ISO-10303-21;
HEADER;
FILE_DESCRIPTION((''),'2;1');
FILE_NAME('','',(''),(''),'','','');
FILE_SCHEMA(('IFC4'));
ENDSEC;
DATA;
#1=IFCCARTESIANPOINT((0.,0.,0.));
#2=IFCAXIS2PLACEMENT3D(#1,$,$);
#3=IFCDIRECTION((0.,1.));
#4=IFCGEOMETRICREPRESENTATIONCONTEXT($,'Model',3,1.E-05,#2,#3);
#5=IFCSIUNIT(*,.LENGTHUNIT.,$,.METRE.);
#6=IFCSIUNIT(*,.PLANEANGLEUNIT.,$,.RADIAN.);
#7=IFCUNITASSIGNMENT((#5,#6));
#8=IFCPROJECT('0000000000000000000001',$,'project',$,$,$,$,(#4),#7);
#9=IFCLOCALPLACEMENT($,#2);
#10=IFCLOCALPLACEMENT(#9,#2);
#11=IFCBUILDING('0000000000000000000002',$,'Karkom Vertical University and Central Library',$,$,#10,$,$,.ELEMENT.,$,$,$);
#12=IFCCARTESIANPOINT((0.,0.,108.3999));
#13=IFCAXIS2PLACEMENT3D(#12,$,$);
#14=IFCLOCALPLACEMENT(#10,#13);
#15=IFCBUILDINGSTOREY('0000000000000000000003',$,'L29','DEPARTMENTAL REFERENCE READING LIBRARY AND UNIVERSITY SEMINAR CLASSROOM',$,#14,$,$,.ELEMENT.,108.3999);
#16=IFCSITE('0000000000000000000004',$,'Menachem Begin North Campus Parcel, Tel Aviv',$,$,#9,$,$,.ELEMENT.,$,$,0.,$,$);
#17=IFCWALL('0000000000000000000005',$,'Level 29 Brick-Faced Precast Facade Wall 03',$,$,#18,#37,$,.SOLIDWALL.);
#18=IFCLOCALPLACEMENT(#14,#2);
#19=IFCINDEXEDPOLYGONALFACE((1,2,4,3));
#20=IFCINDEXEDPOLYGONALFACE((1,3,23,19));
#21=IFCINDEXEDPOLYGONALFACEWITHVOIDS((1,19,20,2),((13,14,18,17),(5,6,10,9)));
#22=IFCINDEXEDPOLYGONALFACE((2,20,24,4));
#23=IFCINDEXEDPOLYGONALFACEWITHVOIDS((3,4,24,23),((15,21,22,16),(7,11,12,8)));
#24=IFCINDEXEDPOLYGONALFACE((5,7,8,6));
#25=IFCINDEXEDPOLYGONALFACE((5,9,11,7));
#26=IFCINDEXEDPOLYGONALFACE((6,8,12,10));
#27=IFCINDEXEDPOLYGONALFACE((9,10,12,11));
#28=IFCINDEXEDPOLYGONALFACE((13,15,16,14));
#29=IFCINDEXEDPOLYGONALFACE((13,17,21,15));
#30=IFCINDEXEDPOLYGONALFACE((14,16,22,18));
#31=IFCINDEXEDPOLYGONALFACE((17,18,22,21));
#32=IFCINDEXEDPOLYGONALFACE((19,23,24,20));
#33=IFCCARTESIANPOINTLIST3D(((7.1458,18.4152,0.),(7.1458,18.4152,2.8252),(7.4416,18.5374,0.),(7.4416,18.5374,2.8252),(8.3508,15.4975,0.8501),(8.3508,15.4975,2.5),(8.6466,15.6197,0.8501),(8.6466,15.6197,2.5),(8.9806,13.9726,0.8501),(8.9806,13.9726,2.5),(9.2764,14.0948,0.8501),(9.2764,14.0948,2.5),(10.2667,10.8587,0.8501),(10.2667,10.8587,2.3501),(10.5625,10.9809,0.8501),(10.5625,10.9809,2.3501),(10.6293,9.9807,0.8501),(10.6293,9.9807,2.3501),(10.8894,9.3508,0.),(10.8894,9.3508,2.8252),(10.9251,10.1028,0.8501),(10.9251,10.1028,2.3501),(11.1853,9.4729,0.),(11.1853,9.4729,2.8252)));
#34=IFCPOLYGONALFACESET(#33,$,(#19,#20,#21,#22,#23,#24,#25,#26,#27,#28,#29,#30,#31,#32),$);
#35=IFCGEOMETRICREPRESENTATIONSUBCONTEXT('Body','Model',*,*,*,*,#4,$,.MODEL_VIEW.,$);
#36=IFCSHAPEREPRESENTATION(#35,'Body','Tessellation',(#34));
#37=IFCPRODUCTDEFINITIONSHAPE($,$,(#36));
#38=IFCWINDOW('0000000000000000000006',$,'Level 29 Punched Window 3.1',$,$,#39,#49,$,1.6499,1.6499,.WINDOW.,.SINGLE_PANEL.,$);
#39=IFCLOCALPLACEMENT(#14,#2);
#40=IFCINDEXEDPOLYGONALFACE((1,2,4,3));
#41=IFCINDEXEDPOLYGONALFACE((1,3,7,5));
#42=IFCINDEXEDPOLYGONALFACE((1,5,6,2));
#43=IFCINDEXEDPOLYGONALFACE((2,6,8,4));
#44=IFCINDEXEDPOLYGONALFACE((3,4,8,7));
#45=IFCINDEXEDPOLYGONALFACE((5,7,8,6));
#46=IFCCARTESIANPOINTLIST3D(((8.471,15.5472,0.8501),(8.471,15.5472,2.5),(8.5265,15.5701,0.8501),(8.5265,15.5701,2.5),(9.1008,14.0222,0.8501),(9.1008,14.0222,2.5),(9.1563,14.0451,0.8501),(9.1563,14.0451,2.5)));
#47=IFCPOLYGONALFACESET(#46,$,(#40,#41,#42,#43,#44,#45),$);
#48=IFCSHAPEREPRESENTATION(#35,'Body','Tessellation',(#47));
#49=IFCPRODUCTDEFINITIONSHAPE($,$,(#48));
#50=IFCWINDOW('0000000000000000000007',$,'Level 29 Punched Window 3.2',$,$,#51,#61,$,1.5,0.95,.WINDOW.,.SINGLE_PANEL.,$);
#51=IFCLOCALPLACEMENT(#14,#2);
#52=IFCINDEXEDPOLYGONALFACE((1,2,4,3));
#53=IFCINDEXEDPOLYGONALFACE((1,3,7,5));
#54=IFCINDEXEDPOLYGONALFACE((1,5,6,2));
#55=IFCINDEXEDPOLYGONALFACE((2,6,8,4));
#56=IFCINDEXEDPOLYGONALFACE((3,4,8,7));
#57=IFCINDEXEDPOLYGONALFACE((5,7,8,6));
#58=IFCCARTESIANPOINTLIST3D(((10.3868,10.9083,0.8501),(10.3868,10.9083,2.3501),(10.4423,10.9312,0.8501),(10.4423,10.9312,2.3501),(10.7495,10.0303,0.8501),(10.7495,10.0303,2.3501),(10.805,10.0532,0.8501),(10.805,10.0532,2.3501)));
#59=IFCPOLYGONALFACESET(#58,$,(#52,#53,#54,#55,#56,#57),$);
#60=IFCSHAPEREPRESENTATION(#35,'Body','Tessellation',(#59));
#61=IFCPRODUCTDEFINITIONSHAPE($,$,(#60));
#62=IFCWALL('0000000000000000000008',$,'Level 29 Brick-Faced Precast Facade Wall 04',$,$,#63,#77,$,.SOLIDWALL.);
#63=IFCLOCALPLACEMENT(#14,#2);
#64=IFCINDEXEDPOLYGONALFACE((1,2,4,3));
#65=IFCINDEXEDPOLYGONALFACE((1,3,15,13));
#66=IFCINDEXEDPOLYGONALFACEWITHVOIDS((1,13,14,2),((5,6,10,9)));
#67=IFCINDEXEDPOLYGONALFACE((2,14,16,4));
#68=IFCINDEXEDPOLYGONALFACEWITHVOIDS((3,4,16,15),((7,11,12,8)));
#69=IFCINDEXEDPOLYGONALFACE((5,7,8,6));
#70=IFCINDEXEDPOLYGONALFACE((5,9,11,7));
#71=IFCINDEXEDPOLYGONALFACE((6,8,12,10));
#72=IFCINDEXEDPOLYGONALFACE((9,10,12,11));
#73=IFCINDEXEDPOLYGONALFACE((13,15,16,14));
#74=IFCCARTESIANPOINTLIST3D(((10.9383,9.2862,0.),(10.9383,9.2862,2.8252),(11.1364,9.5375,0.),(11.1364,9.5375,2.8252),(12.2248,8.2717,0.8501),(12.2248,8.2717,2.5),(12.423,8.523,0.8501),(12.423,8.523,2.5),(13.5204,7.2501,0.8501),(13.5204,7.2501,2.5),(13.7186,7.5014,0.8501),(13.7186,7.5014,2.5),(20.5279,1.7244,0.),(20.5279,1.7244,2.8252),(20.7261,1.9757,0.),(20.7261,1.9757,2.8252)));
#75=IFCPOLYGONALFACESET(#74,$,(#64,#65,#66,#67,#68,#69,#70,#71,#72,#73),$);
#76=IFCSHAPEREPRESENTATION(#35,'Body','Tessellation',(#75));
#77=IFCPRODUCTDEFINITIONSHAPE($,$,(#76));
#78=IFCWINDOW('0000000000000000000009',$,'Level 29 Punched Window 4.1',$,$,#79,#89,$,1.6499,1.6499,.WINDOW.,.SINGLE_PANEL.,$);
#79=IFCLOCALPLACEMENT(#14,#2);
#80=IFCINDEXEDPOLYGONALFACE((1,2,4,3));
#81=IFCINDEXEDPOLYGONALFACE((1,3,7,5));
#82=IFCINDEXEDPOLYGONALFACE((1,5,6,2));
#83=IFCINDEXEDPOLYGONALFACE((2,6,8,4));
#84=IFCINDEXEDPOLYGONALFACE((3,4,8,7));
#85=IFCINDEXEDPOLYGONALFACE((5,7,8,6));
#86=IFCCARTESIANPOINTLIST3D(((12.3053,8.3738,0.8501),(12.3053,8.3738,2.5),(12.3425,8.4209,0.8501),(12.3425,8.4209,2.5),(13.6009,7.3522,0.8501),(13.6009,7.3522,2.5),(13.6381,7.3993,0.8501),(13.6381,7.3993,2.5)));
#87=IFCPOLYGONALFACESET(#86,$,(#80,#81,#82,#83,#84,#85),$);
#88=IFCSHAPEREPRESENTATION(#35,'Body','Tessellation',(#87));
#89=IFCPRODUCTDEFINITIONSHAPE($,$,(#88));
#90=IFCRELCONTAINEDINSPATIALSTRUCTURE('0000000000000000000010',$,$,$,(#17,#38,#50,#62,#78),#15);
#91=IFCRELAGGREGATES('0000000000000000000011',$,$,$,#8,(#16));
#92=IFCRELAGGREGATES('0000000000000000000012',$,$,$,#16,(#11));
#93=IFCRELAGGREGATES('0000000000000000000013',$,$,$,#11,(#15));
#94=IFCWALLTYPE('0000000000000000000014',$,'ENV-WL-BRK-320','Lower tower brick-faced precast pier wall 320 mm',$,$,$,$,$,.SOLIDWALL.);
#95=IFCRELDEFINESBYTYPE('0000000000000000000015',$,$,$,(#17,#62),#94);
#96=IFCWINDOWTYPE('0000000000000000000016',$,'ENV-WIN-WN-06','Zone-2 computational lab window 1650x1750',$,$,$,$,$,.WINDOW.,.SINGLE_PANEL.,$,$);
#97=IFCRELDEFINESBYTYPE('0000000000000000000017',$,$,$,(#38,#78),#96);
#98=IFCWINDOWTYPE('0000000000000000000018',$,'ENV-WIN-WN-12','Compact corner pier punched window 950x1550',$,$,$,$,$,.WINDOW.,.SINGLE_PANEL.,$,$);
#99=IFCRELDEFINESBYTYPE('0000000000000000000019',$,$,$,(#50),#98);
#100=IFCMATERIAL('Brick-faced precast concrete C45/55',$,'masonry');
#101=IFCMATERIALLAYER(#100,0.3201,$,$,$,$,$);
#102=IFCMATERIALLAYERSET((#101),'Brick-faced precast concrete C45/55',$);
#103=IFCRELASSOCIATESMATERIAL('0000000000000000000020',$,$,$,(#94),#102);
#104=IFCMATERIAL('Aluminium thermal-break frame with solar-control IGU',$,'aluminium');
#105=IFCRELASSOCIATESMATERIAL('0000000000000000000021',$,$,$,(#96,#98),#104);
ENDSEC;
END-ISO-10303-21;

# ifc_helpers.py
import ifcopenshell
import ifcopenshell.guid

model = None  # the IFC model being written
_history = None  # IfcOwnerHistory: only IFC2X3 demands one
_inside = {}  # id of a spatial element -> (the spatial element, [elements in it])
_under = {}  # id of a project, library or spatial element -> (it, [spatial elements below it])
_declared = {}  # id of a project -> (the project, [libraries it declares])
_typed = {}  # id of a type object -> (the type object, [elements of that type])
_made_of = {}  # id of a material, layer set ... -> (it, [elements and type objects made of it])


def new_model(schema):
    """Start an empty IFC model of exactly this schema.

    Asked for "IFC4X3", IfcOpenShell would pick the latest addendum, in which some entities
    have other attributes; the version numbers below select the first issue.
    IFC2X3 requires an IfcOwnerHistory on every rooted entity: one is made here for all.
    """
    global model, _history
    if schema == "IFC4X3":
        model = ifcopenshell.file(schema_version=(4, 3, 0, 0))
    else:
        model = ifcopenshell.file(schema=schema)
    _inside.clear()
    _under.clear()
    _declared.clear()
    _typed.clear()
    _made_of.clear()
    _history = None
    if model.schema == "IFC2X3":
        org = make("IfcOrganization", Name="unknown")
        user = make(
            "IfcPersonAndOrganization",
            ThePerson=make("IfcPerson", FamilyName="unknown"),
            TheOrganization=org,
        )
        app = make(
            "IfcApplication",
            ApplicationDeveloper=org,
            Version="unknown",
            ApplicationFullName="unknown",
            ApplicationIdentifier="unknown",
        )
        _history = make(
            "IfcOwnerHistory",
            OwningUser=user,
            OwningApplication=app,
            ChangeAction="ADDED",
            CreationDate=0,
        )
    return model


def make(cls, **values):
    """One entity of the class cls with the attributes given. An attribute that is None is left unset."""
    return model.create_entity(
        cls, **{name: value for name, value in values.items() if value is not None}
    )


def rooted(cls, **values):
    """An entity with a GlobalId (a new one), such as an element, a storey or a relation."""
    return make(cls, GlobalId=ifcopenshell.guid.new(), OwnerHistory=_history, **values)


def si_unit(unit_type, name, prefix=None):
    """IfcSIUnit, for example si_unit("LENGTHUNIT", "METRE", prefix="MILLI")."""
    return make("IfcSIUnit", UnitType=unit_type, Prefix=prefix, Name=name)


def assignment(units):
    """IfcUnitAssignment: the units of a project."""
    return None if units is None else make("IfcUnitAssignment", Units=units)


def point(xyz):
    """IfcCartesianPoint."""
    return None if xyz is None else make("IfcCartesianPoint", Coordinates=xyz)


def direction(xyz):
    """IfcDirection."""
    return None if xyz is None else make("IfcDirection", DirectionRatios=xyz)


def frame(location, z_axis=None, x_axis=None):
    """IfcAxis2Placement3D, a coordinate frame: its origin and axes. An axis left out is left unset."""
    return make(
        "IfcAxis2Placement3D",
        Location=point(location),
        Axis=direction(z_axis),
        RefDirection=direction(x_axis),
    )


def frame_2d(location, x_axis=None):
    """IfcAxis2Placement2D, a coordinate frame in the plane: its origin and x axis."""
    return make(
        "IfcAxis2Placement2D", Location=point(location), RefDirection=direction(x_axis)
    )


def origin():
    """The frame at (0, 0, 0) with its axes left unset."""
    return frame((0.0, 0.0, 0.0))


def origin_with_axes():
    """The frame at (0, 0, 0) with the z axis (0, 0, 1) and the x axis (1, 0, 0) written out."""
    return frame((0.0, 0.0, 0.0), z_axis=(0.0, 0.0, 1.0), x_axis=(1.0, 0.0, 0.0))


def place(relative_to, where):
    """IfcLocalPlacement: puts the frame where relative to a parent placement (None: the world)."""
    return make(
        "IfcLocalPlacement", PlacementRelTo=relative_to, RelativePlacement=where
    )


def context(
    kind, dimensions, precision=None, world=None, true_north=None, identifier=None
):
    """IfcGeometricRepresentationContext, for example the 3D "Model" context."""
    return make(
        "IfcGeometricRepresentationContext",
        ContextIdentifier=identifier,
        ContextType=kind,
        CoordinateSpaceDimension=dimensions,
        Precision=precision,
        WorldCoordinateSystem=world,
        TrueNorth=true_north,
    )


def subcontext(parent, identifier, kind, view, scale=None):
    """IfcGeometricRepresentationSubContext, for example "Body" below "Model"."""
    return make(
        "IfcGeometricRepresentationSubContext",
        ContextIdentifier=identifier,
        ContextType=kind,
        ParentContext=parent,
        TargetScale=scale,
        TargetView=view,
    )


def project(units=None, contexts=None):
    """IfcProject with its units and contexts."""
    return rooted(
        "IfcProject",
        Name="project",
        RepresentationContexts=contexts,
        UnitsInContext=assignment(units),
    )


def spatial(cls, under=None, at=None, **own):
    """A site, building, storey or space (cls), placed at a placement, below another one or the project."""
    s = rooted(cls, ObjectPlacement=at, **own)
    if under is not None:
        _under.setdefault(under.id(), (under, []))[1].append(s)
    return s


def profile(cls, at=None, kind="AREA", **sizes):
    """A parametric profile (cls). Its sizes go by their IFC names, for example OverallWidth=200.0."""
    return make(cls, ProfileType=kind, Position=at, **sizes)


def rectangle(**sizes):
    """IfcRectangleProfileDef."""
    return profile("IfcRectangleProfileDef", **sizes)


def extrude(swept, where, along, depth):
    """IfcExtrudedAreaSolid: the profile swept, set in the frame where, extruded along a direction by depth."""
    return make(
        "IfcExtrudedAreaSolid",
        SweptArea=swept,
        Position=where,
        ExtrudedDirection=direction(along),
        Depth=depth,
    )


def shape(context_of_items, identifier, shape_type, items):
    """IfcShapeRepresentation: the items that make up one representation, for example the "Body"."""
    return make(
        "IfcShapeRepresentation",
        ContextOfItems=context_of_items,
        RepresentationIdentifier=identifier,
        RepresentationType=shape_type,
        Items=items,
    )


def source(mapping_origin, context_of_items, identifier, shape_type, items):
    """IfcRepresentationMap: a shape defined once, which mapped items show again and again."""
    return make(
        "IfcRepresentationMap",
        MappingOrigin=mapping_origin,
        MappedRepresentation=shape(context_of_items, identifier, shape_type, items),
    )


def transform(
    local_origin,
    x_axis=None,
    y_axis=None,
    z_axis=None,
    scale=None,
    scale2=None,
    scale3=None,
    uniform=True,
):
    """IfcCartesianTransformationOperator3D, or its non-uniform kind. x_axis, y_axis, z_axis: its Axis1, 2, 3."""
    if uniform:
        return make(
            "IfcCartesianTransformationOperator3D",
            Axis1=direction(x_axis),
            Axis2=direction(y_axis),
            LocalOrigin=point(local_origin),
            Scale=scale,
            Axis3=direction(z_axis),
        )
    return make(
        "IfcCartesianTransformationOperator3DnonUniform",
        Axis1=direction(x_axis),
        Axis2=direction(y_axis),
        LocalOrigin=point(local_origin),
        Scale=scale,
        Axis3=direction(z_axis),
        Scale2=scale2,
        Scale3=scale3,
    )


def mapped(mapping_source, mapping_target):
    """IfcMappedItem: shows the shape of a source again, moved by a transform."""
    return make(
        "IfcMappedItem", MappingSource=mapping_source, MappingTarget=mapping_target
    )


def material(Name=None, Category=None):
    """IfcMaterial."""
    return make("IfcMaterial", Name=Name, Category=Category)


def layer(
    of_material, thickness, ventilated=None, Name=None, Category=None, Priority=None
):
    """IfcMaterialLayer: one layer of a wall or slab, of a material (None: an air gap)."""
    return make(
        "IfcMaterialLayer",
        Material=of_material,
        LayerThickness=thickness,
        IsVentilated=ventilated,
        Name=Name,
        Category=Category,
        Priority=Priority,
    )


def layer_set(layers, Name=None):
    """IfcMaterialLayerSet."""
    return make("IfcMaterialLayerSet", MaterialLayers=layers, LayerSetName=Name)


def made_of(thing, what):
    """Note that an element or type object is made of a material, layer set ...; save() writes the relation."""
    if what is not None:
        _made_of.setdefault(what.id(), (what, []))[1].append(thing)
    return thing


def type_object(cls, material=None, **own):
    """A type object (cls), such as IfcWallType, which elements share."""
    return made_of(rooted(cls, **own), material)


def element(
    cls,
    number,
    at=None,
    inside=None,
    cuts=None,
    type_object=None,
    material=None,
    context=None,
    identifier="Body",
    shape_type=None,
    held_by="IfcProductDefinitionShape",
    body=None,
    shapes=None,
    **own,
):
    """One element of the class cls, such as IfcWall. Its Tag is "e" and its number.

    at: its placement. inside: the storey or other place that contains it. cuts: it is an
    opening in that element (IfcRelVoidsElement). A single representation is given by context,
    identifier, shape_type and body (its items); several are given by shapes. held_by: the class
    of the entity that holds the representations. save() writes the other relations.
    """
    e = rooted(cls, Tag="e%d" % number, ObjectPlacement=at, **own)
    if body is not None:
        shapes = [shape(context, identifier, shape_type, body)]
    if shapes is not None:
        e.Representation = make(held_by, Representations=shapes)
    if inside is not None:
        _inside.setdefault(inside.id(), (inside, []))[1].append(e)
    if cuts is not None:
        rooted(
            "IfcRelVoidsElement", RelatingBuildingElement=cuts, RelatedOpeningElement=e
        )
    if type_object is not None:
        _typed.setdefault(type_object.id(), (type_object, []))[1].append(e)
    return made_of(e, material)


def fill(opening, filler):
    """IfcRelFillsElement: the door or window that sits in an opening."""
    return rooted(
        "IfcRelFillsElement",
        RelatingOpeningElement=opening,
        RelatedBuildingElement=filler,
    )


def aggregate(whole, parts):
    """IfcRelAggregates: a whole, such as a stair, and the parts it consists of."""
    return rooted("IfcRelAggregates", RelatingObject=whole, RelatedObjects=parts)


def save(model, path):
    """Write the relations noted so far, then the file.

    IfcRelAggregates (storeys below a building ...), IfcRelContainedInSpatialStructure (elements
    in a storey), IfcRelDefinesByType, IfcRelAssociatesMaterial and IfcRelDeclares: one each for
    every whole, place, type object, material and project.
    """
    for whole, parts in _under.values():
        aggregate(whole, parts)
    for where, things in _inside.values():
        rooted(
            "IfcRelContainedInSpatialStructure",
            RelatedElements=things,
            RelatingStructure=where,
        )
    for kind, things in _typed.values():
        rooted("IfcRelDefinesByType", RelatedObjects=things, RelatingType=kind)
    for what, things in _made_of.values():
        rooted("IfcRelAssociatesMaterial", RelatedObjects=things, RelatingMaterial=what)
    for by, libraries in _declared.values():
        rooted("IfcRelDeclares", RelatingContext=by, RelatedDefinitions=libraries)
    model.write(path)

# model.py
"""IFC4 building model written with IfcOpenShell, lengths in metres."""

from ifc_helpers import new_model, si_unit, direction, frame, frame_2d, origin, origin_with_axes, place, context, subcontext, project, spatial, rectangle, extrude, source, transform, mapped, material, layer, layer_set, type_object, element, fill, save


model = new_model("IFC4")

# Units and contexts
model_context = context("Model", 3, precision=1e-05, world=origin(), true_north=direction((0.0, 1.0)))
body_context = subcontext(model_context, "Body", "Model", "MODEL_VIEW")
ifc_project = project(units=[si_unit("LENGTHUNIT", "METRE"), si_unit("PLANEANGLEUNIT", "RADIAN")], contexts=[model_context])

# Site, building, storey
site_placement = place(None, origin())
site = spatial("IfcSite", under=ifc_project, at=site_placement, Name="Menachem Begin North Campus Parcel, Tel Aviv", CompositionType="ELEMENT", RefElevation=0.0)
building_placement = place(site_placement, origin())
building = spatial("IfcBuilding", under=site, at=building_placement, Name="Karkom Vertical University and Central Library", CompositionType="ELEMENT")
storey_placement = place(building_placement, frame((0.0, 0.0, 108.3999)))
storey = spatial("IfcBuildingStorey", under=building, at=storey_placement, Name="L29", Description="DEPARTMENTAL REFERENCE READING LIBRARY AND UNIVERSITY SEMINAR CLASSROOM", CompositionType="ELEMENT", Elevation=108.3999)

# Wall, openings, windows
ifc_material_1 = material(Name="Brick-faced precast concrete C45/55", Category="masonry")
ifc_layer_1 = layer(ifc_material_1, 0.3201)
ifc_layer_set_1 = layer_set([ifc_layer_1], Name="Brick-faced precast concrete C45/55")
wall_type_1 = type_object("IfcWallType", Name="ENV-WL-BRK-320", Description="Lower tower brick-faced precast pier wall 320 mm", PredefinedType="SOLIDWALL", material=ifc_layer_set_1)
wall_1_placement = place(storey_placement, frame((7.2937, 18.4763, 0.0), z_axis=(0.0, 0.0, 1.0), x_axis=(0.381729, -0.924274, 0.0)))
wall_1 = element("IfcWall", 1, at=wall_1_placement, inside=storey, type_object=wall_type_1, Name="Level 29 Brick-Faced Precast Facade Wall 03", PredefinedType="SOLIDWALL", context=body_context, shape_type="SweptSolid", body=[
    extrude(rectangle(XDim=9.8071, YDim=0.3201, at=frame_2d((4.9036, 0.0))), origin(), (0.0, 0.0, 1.0), 2.8252),
])
opening_1_placement = place(wall_1_placement, frame((3.1567, 0.0, 0.8501)))
opening_1 = element("IfcOpeningElement", 2, at=opening_1_placement, cuts=wall_1, PredefinedType="OPENING", context=body_context, shape_type="SweptSolid", body=[
    extrude(rectangle(XDim=1.6499, YDim=1.6499, at=frame_2d((0.825, 0.825))), frame((0.0, 0.1699, 0.0), z_axis=(0.0, -1.0, 0.0), x_axis=(1.0, 0.0, 0.0)), (0.0, 0.0, 1.0), 0.3401),
])
opening_2_placement = place(wall_1_placement, frame((8.1755, 0.0, 0.8501)))
opening_2 = element("IfcOpeningElement", 3, at=opening_2_placement, cuts=wall_1, PredefinedType="OPENING", context=body_context, shape_type="SweptSolid", body=[
    extrude(rectangle(XDim=0.95, YDim=1.5, at=frame_2d((0.4751, 0.75))), frame((0.0, 0.1699, 0.0), z_axis=(0.0, -1.0, 0.0), x_axis=(1.0, 0.0, 0.0)), (0.0, 0.0, 1.0), 0.3401),
])
ifc_material_2 = material(Name="Aluminium thermal-break frame with solar-control IGU", Category="aluminium")
window_type_1 = type_object("IfcWindowType", Name="ENV-WIN-WN-06", Description="Zone-2 computational lab window 1650x1750", PartitioningType="SINGLE_PANEL", PredefinedType="WINDOW", material=ifc_material_2)
shared_shape_1 = source(origin_with_axes(), body_context, "Body", "SweptSolid", [
    extrude(rectangle(XDim=1.6499, YDim=1.6499, at=frame_2d((0.825, 0.825))), frame((0.0, 0.03, 0.0), z_axis=(0.0, -1.0, 0.0), x_axis=(1.0, 0.0, 0.0)), (0.0, 0.0, 1.0), 0.0601),
])
window_1_placement = place(opening_1_placement, origin())
window_1 = element("IfcWindow", 4, at=window_1_placement, inside=storey, type_object=window_type_1, Name="Level 29 Punched Window 3.1", OverallHeight=1.6499, OverallWidth=1.6499, PartitioningType="SINGLE_PANEL", PredefinedType="WINDOW", context=body_context, shape_type="MappedRepresentation", body=[
    mapped(shared_shape_1, transform((0.0, 0.0, 0.0), scale=1.0)),
])
fill(opening_1, window_1)
window_type_2 = type_object("IfcWindowType", Name="ENV-WIN-WN-12", Description="Compact corner pier punched window 950x1550", PartitioningType="SINGLE_PANEL", PredefinedType="WINDOW", material=ifc_material_2)
shared_shape_2 = source(origin_with_axes(), body_context, "Body", "SweptSolid", [
    extrude(rectangle(XDim=0.95, YDim=1.5, at=frame_2d((0.4751, 0.75))), frame((0.0, 0.03, 0.0), z_axis=(0.0, -1.0, 0.0), x_axis=(1.0, 0.0, 0.0)), (0.0, 0.0, 1.0), 0.0601),
])
window_2_placement = place(opening_2_placement, origin())
window_2 = element("IfcWindow", 5, at=window_2_placement, inside=storey, type_object=window_type_2, Name="Level 29 Punched Window 3.2", OverallHeight=1.5, OverallWidth=0.95, PartitioningType="SINGLE_PANEL", PredefinedType="WINDOW", context=body_context, shape_type="MappedRepresentation", body=[
    mapped(shared_shape_2, transform((0.0, 0.0, 0.0), scale=1.0)),
])
fill(opening_2, window_2)

# Wall, opening, window
wall_2_placement = place(storey_placement, frame((11.0374, 9.4119, 0.0), z_axis=(0.0, 0.0, 1.0), x_axis=(0.78524, -0.619192, 0.0)))
wall_2 = element("IfcWall", 6, at=wall_2_placement, inside=storey, type_object=wall_type_1, Name="Level 29 Brick-Faced Precast Facade Wall 04", PredefinedType="SOLIDWALL", context=body_context, shape_type="SweptSolid", body=[
    extrude(rectangle(XDim=12.2124, YDim=0.3201, at=frame_2d((6.1062, 0.0))), origin(), (0.0, 0.0, 1.0), 2.8252),
])
opening_3_placement = place(wall_2_placement, frame((1.6384, 0.0, 0.8501)))
opening_3 = element("IfcOpeningElement", 7, at=opening_3_placement, cuts=wall_2, PredefinedType="OPENING", context=body_context, shape_type="SweptSolid", body=[
    extrude(rectangle(XDim=1.6499, YDim=1.6499, at=frame_2d((0.825, 0.825))), frame((0.0, 0.1699, 0.0), z_axis=(0.0, -1.0, 0.0), x_axis=(1.0, 0.0, 0.0)), (0.0, 0.0, 1.0), 0.3401),
])
window_3_placement = place(opening_3_placement, origin())
window_3 = element("IfcWindow", 8, at=window_3_placement, inside=storey, type_object=window_type_1, Name="Level 29 Punched Window 4.1", OverallHeight=1.6499, OverallWidth=1.6499, PartitioningType="SINGLE_PANEL", PredefinedType="WINDOW", context=body_context, shape_type="MappedRepresentation", body=[
    mapped(shared_shape_1, transform((0.0, 0.0, 0.0), scale=1.0)),
])
fill(opening_3, window_3)

save(model, "model.ifc")
